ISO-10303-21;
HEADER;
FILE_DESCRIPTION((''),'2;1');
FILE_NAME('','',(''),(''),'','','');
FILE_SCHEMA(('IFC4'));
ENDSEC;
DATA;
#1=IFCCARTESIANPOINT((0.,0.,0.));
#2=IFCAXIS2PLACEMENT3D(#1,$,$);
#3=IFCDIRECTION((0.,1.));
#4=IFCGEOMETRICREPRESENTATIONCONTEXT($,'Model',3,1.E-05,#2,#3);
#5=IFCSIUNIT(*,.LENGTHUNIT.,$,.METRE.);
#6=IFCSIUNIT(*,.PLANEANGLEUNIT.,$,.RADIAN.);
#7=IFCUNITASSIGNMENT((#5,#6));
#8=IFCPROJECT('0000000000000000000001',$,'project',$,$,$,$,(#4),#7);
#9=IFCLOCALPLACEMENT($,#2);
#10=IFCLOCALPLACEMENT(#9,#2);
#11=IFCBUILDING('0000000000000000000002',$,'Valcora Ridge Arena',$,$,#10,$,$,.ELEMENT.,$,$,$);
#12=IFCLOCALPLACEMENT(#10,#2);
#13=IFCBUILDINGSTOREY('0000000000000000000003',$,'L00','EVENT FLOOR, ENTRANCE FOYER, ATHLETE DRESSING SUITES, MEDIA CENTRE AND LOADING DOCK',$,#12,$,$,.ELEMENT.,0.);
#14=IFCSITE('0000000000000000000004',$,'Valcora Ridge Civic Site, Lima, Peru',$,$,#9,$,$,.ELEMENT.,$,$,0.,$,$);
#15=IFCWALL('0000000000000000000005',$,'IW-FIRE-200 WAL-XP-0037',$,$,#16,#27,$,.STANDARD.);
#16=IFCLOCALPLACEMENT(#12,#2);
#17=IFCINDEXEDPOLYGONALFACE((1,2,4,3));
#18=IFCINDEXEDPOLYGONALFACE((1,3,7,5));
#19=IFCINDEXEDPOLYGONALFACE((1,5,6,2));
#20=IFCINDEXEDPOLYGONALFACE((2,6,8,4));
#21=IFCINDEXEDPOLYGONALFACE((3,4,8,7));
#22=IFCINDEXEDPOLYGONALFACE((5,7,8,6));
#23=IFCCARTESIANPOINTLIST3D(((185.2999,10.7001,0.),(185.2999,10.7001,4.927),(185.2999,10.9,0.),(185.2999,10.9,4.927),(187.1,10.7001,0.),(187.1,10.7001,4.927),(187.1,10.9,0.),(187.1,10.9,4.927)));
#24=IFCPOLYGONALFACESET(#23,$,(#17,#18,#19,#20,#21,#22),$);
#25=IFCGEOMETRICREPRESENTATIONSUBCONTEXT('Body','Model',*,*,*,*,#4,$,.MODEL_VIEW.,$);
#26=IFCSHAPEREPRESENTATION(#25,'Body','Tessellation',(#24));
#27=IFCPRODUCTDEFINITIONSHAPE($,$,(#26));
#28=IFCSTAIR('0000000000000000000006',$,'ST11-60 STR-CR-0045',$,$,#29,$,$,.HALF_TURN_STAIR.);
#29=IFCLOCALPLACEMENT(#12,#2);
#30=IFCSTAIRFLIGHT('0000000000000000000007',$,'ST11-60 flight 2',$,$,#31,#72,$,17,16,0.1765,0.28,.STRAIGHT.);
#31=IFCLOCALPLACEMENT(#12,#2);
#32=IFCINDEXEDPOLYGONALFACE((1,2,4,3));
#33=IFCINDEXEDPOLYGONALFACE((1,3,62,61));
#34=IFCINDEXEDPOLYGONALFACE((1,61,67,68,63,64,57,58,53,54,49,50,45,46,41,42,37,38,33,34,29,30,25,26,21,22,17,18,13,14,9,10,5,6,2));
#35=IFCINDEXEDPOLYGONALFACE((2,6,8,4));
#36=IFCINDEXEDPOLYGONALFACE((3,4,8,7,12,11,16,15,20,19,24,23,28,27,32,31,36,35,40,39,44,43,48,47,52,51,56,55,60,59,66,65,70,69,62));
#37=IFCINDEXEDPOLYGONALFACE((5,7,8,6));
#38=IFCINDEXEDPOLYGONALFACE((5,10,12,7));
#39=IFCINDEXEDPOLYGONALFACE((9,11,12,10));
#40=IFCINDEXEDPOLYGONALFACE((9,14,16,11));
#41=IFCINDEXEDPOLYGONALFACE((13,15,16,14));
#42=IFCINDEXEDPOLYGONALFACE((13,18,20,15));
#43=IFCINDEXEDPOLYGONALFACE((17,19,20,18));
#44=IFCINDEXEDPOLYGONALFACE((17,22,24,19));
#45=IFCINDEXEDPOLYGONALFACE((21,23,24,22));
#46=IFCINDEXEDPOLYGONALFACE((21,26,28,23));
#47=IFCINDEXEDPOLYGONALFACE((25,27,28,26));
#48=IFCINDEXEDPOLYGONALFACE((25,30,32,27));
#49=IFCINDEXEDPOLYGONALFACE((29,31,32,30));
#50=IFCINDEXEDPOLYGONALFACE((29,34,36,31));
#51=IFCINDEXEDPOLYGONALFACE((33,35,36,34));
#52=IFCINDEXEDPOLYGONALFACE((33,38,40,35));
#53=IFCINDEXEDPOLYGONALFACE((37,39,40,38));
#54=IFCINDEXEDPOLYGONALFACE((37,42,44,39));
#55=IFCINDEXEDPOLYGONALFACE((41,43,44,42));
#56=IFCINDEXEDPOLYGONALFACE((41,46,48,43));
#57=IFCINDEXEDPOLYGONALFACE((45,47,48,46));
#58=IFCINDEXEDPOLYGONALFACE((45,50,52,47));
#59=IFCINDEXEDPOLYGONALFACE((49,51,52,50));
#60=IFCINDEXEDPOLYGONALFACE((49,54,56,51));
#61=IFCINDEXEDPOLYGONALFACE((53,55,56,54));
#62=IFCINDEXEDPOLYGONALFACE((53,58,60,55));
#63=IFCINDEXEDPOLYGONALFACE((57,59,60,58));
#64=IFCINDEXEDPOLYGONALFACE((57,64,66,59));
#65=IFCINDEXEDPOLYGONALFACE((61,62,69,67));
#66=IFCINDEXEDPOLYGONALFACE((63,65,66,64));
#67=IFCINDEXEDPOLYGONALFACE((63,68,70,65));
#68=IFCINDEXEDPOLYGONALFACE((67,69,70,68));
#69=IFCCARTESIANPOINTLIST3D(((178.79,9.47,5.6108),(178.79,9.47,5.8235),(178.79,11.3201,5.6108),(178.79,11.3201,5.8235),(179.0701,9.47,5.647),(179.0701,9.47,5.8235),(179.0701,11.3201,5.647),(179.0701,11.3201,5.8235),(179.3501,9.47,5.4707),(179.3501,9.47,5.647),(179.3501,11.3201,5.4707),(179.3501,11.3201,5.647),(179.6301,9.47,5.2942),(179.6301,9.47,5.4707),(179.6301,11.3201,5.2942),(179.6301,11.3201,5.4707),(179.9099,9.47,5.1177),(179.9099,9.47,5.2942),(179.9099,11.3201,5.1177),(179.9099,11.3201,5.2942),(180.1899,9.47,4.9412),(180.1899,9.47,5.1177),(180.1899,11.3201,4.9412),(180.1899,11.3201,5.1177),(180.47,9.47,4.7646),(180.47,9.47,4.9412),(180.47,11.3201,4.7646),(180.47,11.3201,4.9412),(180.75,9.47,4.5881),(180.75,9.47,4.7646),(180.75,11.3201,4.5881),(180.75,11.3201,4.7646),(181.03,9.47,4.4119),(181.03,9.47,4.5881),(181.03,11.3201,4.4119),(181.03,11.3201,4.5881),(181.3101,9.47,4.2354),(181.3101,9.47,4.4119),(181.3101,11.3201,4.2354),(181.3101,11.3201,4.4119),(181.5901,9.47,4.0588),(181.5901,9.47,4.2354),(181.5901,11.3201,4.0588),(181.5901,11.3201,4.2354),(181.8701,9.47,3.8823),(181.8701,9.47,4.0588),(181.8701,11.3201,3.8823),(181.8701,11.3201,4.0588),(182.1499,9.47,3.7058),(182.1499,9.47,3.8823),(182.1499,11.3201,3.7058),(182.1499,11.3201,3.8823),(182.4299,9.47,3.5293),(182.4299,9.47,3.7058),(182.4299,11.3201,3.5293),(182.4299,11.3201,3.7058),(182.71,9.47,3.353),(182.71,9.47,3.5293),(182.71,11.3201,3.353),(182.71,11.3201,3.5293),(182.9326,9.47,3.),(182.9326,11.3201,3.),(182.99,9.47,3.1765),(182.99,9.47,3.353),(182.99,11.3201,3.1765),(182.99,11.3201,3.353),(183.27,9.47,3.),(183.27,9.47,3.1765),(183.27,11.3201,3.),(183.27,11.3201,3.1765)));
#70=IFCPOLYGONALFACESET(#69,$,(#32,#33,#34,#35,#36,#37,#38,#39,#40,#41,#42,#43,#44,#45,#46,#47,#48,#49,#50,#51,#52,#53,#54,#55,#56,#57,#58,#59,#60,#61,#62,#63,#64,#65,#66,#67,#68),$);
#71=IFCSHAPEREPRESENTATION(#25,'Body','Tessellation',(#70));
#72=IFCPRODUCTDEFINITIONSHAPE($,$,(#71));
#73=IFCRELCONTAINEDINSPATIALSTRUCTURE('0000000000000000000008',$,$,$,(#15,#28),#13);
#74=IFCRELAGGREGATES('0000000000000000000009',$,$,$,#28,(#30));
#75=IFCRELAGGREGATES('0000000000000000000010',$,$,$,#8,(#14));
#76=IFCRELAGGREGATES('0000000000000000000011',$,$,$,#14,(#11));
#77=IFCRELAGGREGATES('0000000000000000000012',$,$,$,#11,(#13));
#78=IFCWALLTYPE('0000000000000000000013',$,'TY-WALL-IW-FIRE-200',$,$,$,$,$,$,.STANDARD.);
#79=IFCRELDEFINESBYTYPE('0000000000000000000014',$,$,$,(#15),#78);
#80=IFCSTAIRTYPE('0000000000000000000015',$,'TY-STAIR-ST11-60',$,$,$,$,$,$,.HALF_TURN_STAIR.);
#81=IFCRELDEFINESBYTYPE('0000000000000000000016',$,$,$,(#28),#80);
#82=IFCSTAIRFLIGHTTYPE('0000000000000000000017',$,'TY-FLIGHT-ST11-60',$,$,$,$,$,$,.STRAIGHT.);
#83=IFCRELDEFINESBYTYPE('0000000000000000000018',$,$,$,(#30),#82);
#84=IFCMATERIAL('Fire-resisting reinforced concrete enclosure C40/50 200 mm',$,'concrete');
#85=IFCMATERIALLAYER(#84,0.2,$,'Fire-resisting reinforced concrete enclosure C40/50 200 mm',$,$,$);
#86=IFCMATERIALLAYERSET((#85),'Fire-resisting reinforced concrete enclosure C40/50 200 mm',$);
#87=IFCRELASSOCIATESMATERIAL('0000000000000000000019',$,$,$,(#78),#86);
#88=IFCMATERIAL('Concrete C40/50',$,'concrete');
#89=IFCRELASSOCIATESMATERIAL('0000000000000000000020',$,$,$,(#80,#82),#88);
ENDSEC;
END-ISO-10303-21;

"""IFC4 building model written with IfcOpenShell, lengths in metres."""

from ifc_helpers import new_model, si_unit, direction, frame, frame_2d, origin, place, context, subcontext, project, spatial, polyline, rectangle, outline, extrude, material, layer, layer_set, type_object, element, aggregate, save


model = new_model("IFC4")

# Units and contexts
model_context = context("Model", 3, precision=1e-05, world=origin(), true_north=direction((0.0, 1.0)))
body_context = subcontext(model_context, "Body", "Model", "MODEL_VIEW")
ifc_project = project(units=[si_unit("LENGTHUNIT", "METRE"), si_unit("PLANEANGLEUNIT", "RADIAN")], contexts=[model_context])

# Site, building, storey
site_placement = place(None, origin())
site = spatial("IfcSite", under=ifc_project, at=site_placement, Name="Valcora Ridge Civic Site, Lima, Peru", CompositionType="ELEMENT", RefElevation=0.0)
building_placement = place(site_placement, origin())
building = spatial("IfcBuilding", under=site, at=building_placement, Name="Valcora Ridge Arena", CompositionType="ELEMENT")
storey_placement = place(building_placement, origin())
storey = spatial("IfcBuildingStorey", under=building, at=storey_placement, Name="L00", Description="EVENT FLOOR, ENTRANCE FOYER, ATHLETE DRESSING SUITES, MEDIA CENTRE AND LOADING DOCK", CompositionType="ELEMENT", Elevation=0.0)

# Shared definitions
ifc_material_1 = material(Name="Concrete C40/50", Category="concrete")

# Wall
ifc_material_2 = material(Name="Fire-resisting reinforced concrete enclosure C40/50 200 mm", Category="concrete")
ifc_layer_1 = layer(ifc_material_2, 0.2, Name="Fire-resisting reinforced concrete enclosure C40/50 200 mm")
ifc_layer_set_1 = layer_set([ifc_layer_1], Name="Fire-resisting reinforced concrete enclosure C40/50 200 mm")
wall_type_1 = type_object("IfcWallType", Name="TY-WALL-IW-FIRE-200", PredefinedType="STANDARD", material=ifc_layer_set_1)
wall_1_placement = place(storey_placement, frame((185.3, 10.8, 0.0), z_axis=(0.0, 0.0, 1.0), x_axis=(1.0, 0.0, 0.0)))
element("IfcWall", 1, at=wall_1_placement, inside=storey, type_object=wall_type_1, Name="IW-FIRE-200 WAL-XP-0037", PredefinedType="STANDARD", context=body_context, shape_type="SweptSolid", body=[
    extrude(rectangle(XDim=1.8, YDim=0.2, at=frame_2d((0.8999, 0.0))), origin(), (0.0, 0.0, 1.0), 4.927),
])

# Stair, stair flight
stair_type = type_object("IfcStairType", Name="TY-STAIR-ST11-60", PredefinedType="HALF_TURN_STAIR", material=ifc_material_1)
stair_placement = place(storey_placement, origin())
stair = element("IfcStair", 2, at=stair_placement, inside=storey, type_object=stair_type, Name="ST11-60 STR-CR-0045", PredefinedType="HALF_TURN_STAIR")
stair_flight_type = type_object("IfcStairFlightType", Name="TY-FLIGHT-ST11-60", PredefinedType="STRAIGHT", material=ifc_material_1)
stair_flight_placement = place(storey_placement, frame((183.27, 10.395, 3.0), z_axis=(0.0, 0.0, 1.0), x_axis=(-1.0, 0.0, 0.0)))
stair_flight = element("IfcStairFlight", 3, at=stair_flight_placement, type_object=stair_flight_type, Name="ST11-60 flight 2", NumberOfRisers=17, NumberOfTreads=16, PredefinedType="STRAIGHT", RiserHeight=0.1765, TreadLength=0.28, context=body_context, shape_type="SweptSolid", body=[
    extrude(outline(polyline([(0.0, 0.0), (0.0, 0.1765), (0.28, 0.1765), (0.28, 0.353), (0.5601, 0.353), (0.5601, 0.5293), (0.8401, 0.5293), (0.8401, 0.7058), (1.1201, 0.7058), (1.1201, 0.8823), (1.3999, 0.8823), (1.3999, 1.0588), (1.6799, 1.0588), (1.6799, 1.2354), (1.96, 1.2354), (1.96, 1.4119), (2.24, 1.4119), (2.24, 1.5881), (2.52, 1.5881), (2.52, 1.7646), (2.8, 1.7646), (2.8, 1.9412), (3.0801, 1.9412), (3.0801, 2.1177), (3.3601, 2.1177), (3.3601, 2.2942), (3.6399, 2.2942), (3.6399, 2.4707), (3.9199, 2.4707), (3.9199, 2.647), (4.2, 2.647), (4.2, 2.8235), (4.48, 2.8235), (4.48, 3.0), (4.48, 2.6108), (0.3374, 0.0), (0.0, 0.0)])), frame((0.0, 0.925, 0.0), z_axis=(0.0, -1.0, 0.0), x_axis=(1.0, 0.0, 0.0)), (0.0, 0.0, 1.0), 1.8501),
])
aggregate(stair, [stair_flight])

save(model, "model.ifc")
